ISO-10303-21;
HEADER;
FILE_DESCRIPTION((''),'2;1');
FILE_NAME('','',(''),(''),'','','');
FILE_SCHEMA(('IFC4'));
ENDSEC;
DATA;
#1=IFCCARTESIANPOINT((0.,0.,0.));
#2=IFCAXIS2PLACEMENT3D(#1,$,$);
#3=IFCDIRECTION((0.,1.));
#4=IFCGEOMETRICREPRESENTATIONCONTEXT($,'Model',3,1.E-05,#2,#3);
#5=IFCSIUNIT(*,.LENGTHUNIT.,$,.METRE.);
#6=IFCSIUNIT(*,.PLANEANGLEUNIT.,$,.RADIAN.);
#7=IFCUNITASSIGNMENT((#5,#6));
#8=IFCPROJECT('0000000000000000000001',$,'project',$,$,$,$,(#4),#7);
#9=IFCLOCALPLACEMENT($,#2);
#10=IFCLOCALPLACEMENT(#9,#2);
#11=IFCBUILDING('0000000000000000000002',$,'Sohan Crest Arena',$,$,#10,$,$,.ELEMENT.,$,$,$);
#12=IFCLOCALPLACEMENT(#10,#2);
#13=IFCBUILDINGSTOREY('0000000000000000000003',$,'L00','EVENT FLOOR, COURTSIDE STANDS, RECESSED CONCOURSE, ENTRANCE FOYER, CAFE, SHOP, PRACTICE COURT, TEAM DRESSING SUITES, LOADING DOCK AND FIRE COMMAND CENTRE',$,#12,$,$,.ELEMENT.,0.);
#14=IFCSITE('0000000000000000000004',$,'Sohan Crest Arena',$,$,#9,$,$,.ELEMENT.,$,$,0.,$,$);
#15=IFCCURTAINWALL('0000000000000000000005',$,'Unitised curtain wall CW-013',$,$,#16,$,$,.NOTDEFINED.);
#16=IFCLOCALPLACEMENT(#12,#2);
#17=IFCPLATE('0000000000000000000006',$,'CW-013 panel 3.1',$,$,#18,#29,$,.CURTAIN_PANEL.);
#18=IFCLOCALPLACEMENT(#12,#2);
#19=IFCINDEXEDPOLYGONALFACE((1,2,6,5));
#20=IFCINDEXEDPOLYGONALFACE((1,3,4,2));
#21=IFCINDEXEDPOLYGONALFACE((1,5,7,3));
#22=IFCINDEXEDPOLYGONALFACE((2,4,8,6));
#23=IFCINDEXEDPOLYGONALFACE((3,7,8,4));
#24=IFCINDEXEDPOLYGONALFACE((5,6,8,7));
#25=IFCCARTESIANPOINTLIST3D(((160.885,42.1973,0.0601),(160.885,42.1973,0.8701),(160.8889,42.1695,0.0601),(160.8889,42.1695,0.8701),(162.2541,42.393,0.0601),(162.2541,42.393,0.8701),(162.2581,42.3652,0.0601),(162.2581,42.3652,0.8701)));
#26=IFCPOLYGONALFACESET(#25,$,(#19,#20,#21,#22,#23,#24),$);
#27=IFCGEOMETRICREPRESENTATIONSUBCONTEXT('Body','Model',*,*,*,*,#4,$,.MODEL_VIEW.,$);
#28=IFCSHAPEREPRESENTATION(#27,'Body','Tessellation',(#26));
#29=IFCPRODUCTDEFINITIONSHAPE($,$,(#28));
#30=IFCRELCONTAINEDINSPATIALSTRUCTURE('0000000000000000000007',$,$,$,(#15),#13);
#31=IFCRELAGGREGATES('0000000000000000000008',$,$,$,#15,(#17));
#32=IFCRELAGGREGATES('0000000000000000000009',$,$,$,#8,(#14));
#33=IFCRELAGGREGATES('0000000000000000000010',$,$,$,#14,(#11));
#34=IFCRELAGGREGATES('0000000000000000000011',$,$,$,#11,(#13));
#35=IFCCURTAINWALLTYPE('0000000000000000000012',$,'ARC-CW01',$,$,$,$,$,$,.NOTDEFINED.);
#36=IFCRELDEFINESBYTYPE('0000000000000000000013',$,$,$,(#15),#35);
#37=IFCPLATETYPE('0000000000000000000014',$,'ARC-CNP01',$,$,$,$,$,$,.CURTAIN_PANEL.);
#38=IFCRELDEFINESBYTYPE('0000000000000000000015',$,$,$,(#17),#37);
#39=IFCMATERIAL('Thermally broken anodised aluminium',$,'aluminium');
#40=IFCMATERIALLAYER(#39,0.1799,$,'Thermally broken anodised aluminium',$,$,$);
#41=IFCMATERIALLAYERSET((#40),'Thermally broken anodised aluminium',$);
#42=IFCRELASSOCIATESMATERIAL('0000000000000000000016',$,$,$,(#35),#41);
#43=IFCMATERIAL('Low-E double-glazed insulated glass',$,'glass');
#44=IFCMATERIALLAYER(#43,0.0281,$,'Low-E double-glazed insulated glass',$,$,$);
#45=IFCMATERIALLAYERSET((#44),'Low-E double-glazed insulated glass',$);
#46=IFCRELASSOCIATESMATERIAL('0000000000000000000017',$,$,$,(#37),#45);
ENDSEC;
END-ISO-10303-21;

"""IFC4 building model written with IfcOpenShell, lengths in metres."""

from ifc_helpers import new_model, si_unit, direction, frame, origin, origin_2d, place, context, subcontext, project, spatial, rectangle, extrude, material, layer, layer_set, type_object, element, aggregate, save


model = new_model("IFC4")

# Units and contexts
model_context = context("Model", 3, precision=1e-05, world=origin(), true_north=direction((0.0, 1.0)))
body_context = subcontext(model_context, "Body", "Model", "MODEL_VIEW")
ifc_project = project(units=[si_unit("LENGTHUNIT", "METRE"), si_unit("PLANEANGLEUNIT", "RADIAN")], contexts=[model_context])

# Site, building, storey
site_placement = place(None, origin())
site = spatial("IfcSite", under=ifc_project, at=site_placement, Name="Sohan Crest Arena", CompositionType="ELEMENT", RefElevation=0.0)
building_placement = place(site_placement, origin())
building = spatial("IfcBuilding", under=site, at=building_placement, Name="Sohan Crest Arena", CompositionType="ELEMENT")
storey_placement = place(building_placement, origin())
storey = spatial("IfcBuildingStorey", under=building, at=storey_placement, Name="L00", Description="EVENT FLOOR, COURTSIDE STANDS, RECESSED CONCOURSE, ENTRANCE FOYER, CAFE, SHOP, PRACTICE COURT, TEAM DRESSING SUITES, LOADING DOCK AND FIRE COMMAND CENTRE", CompositionType="ELEMENT", Elevation=0.0)

# Shared definitions
ifc_material_1 = material(Name="Thermally broken anodised aluminium", Category="aluminium")
ifc_layer_1 = layer(ifc_material_1, 0.1799, Name="Thermally broken anodised aluminium")
ifc_layer_set_1 = layer_set([ifc_layer_1], Name="Thermally broken anodised aluminium")
curtain_wall_type = type_object("IfcCurtainWallType", Name="ARC-CW01", PredefinedType="NOTDEFINED", material=ifc_layer_set_1)

# Curtain wall
curtain_wall_1_placement = place(storey_placement, origin())
curtain_wall_1 = element("IfcCurtainWall", 1, at=curtain_wall_1_placement, inside=storey, type_object=curtain_wall_type, Name="Unitised curtain wall CW-013", PredefinedType="NOTDEFINED")

# Plate
ifc_material_2 = material(Name="Low-E double-glazed insulated glass", Category="glass")
ifc_layer_2 = layer(ifc_material_2, 0.0281, Name="Low-E double-glazed insulated glass")
ifc_layer_set_2 = layer_set([ifc_layer_2], Name="Low-E double-glazed insulated glass")
plate_type = type_object("IfcPlateType", Name="ARC-CNP01", PredefinedType="CURTAIN_PANEL", material=ifc_layer_set_2)
plate_1_placement = place(storey_placement, frame((161.5715, 42.2812, 0.0601), z_axis=(0.0, 0.0, 1.0), x_axis=(0.989944, 0.141463, 0.0)))
plate_1 = element("IfcPlate", 2, at=plate_1_placement, type_object=plate_type, Name="CW-013 panel 3.1", PredefinedType="CURTAIN_PANEL", context=body_context, shape_type="SweptSolid", body=[
    extrude(rectangle(XDim=1.3831, YDim=0.0281, at=origin_2d()), origin(), (0.0, 0.0, 1.0), 0.8101),
])
aggregate(curtain_wall_1, [plate_1])

save(model, "model.ifc")
